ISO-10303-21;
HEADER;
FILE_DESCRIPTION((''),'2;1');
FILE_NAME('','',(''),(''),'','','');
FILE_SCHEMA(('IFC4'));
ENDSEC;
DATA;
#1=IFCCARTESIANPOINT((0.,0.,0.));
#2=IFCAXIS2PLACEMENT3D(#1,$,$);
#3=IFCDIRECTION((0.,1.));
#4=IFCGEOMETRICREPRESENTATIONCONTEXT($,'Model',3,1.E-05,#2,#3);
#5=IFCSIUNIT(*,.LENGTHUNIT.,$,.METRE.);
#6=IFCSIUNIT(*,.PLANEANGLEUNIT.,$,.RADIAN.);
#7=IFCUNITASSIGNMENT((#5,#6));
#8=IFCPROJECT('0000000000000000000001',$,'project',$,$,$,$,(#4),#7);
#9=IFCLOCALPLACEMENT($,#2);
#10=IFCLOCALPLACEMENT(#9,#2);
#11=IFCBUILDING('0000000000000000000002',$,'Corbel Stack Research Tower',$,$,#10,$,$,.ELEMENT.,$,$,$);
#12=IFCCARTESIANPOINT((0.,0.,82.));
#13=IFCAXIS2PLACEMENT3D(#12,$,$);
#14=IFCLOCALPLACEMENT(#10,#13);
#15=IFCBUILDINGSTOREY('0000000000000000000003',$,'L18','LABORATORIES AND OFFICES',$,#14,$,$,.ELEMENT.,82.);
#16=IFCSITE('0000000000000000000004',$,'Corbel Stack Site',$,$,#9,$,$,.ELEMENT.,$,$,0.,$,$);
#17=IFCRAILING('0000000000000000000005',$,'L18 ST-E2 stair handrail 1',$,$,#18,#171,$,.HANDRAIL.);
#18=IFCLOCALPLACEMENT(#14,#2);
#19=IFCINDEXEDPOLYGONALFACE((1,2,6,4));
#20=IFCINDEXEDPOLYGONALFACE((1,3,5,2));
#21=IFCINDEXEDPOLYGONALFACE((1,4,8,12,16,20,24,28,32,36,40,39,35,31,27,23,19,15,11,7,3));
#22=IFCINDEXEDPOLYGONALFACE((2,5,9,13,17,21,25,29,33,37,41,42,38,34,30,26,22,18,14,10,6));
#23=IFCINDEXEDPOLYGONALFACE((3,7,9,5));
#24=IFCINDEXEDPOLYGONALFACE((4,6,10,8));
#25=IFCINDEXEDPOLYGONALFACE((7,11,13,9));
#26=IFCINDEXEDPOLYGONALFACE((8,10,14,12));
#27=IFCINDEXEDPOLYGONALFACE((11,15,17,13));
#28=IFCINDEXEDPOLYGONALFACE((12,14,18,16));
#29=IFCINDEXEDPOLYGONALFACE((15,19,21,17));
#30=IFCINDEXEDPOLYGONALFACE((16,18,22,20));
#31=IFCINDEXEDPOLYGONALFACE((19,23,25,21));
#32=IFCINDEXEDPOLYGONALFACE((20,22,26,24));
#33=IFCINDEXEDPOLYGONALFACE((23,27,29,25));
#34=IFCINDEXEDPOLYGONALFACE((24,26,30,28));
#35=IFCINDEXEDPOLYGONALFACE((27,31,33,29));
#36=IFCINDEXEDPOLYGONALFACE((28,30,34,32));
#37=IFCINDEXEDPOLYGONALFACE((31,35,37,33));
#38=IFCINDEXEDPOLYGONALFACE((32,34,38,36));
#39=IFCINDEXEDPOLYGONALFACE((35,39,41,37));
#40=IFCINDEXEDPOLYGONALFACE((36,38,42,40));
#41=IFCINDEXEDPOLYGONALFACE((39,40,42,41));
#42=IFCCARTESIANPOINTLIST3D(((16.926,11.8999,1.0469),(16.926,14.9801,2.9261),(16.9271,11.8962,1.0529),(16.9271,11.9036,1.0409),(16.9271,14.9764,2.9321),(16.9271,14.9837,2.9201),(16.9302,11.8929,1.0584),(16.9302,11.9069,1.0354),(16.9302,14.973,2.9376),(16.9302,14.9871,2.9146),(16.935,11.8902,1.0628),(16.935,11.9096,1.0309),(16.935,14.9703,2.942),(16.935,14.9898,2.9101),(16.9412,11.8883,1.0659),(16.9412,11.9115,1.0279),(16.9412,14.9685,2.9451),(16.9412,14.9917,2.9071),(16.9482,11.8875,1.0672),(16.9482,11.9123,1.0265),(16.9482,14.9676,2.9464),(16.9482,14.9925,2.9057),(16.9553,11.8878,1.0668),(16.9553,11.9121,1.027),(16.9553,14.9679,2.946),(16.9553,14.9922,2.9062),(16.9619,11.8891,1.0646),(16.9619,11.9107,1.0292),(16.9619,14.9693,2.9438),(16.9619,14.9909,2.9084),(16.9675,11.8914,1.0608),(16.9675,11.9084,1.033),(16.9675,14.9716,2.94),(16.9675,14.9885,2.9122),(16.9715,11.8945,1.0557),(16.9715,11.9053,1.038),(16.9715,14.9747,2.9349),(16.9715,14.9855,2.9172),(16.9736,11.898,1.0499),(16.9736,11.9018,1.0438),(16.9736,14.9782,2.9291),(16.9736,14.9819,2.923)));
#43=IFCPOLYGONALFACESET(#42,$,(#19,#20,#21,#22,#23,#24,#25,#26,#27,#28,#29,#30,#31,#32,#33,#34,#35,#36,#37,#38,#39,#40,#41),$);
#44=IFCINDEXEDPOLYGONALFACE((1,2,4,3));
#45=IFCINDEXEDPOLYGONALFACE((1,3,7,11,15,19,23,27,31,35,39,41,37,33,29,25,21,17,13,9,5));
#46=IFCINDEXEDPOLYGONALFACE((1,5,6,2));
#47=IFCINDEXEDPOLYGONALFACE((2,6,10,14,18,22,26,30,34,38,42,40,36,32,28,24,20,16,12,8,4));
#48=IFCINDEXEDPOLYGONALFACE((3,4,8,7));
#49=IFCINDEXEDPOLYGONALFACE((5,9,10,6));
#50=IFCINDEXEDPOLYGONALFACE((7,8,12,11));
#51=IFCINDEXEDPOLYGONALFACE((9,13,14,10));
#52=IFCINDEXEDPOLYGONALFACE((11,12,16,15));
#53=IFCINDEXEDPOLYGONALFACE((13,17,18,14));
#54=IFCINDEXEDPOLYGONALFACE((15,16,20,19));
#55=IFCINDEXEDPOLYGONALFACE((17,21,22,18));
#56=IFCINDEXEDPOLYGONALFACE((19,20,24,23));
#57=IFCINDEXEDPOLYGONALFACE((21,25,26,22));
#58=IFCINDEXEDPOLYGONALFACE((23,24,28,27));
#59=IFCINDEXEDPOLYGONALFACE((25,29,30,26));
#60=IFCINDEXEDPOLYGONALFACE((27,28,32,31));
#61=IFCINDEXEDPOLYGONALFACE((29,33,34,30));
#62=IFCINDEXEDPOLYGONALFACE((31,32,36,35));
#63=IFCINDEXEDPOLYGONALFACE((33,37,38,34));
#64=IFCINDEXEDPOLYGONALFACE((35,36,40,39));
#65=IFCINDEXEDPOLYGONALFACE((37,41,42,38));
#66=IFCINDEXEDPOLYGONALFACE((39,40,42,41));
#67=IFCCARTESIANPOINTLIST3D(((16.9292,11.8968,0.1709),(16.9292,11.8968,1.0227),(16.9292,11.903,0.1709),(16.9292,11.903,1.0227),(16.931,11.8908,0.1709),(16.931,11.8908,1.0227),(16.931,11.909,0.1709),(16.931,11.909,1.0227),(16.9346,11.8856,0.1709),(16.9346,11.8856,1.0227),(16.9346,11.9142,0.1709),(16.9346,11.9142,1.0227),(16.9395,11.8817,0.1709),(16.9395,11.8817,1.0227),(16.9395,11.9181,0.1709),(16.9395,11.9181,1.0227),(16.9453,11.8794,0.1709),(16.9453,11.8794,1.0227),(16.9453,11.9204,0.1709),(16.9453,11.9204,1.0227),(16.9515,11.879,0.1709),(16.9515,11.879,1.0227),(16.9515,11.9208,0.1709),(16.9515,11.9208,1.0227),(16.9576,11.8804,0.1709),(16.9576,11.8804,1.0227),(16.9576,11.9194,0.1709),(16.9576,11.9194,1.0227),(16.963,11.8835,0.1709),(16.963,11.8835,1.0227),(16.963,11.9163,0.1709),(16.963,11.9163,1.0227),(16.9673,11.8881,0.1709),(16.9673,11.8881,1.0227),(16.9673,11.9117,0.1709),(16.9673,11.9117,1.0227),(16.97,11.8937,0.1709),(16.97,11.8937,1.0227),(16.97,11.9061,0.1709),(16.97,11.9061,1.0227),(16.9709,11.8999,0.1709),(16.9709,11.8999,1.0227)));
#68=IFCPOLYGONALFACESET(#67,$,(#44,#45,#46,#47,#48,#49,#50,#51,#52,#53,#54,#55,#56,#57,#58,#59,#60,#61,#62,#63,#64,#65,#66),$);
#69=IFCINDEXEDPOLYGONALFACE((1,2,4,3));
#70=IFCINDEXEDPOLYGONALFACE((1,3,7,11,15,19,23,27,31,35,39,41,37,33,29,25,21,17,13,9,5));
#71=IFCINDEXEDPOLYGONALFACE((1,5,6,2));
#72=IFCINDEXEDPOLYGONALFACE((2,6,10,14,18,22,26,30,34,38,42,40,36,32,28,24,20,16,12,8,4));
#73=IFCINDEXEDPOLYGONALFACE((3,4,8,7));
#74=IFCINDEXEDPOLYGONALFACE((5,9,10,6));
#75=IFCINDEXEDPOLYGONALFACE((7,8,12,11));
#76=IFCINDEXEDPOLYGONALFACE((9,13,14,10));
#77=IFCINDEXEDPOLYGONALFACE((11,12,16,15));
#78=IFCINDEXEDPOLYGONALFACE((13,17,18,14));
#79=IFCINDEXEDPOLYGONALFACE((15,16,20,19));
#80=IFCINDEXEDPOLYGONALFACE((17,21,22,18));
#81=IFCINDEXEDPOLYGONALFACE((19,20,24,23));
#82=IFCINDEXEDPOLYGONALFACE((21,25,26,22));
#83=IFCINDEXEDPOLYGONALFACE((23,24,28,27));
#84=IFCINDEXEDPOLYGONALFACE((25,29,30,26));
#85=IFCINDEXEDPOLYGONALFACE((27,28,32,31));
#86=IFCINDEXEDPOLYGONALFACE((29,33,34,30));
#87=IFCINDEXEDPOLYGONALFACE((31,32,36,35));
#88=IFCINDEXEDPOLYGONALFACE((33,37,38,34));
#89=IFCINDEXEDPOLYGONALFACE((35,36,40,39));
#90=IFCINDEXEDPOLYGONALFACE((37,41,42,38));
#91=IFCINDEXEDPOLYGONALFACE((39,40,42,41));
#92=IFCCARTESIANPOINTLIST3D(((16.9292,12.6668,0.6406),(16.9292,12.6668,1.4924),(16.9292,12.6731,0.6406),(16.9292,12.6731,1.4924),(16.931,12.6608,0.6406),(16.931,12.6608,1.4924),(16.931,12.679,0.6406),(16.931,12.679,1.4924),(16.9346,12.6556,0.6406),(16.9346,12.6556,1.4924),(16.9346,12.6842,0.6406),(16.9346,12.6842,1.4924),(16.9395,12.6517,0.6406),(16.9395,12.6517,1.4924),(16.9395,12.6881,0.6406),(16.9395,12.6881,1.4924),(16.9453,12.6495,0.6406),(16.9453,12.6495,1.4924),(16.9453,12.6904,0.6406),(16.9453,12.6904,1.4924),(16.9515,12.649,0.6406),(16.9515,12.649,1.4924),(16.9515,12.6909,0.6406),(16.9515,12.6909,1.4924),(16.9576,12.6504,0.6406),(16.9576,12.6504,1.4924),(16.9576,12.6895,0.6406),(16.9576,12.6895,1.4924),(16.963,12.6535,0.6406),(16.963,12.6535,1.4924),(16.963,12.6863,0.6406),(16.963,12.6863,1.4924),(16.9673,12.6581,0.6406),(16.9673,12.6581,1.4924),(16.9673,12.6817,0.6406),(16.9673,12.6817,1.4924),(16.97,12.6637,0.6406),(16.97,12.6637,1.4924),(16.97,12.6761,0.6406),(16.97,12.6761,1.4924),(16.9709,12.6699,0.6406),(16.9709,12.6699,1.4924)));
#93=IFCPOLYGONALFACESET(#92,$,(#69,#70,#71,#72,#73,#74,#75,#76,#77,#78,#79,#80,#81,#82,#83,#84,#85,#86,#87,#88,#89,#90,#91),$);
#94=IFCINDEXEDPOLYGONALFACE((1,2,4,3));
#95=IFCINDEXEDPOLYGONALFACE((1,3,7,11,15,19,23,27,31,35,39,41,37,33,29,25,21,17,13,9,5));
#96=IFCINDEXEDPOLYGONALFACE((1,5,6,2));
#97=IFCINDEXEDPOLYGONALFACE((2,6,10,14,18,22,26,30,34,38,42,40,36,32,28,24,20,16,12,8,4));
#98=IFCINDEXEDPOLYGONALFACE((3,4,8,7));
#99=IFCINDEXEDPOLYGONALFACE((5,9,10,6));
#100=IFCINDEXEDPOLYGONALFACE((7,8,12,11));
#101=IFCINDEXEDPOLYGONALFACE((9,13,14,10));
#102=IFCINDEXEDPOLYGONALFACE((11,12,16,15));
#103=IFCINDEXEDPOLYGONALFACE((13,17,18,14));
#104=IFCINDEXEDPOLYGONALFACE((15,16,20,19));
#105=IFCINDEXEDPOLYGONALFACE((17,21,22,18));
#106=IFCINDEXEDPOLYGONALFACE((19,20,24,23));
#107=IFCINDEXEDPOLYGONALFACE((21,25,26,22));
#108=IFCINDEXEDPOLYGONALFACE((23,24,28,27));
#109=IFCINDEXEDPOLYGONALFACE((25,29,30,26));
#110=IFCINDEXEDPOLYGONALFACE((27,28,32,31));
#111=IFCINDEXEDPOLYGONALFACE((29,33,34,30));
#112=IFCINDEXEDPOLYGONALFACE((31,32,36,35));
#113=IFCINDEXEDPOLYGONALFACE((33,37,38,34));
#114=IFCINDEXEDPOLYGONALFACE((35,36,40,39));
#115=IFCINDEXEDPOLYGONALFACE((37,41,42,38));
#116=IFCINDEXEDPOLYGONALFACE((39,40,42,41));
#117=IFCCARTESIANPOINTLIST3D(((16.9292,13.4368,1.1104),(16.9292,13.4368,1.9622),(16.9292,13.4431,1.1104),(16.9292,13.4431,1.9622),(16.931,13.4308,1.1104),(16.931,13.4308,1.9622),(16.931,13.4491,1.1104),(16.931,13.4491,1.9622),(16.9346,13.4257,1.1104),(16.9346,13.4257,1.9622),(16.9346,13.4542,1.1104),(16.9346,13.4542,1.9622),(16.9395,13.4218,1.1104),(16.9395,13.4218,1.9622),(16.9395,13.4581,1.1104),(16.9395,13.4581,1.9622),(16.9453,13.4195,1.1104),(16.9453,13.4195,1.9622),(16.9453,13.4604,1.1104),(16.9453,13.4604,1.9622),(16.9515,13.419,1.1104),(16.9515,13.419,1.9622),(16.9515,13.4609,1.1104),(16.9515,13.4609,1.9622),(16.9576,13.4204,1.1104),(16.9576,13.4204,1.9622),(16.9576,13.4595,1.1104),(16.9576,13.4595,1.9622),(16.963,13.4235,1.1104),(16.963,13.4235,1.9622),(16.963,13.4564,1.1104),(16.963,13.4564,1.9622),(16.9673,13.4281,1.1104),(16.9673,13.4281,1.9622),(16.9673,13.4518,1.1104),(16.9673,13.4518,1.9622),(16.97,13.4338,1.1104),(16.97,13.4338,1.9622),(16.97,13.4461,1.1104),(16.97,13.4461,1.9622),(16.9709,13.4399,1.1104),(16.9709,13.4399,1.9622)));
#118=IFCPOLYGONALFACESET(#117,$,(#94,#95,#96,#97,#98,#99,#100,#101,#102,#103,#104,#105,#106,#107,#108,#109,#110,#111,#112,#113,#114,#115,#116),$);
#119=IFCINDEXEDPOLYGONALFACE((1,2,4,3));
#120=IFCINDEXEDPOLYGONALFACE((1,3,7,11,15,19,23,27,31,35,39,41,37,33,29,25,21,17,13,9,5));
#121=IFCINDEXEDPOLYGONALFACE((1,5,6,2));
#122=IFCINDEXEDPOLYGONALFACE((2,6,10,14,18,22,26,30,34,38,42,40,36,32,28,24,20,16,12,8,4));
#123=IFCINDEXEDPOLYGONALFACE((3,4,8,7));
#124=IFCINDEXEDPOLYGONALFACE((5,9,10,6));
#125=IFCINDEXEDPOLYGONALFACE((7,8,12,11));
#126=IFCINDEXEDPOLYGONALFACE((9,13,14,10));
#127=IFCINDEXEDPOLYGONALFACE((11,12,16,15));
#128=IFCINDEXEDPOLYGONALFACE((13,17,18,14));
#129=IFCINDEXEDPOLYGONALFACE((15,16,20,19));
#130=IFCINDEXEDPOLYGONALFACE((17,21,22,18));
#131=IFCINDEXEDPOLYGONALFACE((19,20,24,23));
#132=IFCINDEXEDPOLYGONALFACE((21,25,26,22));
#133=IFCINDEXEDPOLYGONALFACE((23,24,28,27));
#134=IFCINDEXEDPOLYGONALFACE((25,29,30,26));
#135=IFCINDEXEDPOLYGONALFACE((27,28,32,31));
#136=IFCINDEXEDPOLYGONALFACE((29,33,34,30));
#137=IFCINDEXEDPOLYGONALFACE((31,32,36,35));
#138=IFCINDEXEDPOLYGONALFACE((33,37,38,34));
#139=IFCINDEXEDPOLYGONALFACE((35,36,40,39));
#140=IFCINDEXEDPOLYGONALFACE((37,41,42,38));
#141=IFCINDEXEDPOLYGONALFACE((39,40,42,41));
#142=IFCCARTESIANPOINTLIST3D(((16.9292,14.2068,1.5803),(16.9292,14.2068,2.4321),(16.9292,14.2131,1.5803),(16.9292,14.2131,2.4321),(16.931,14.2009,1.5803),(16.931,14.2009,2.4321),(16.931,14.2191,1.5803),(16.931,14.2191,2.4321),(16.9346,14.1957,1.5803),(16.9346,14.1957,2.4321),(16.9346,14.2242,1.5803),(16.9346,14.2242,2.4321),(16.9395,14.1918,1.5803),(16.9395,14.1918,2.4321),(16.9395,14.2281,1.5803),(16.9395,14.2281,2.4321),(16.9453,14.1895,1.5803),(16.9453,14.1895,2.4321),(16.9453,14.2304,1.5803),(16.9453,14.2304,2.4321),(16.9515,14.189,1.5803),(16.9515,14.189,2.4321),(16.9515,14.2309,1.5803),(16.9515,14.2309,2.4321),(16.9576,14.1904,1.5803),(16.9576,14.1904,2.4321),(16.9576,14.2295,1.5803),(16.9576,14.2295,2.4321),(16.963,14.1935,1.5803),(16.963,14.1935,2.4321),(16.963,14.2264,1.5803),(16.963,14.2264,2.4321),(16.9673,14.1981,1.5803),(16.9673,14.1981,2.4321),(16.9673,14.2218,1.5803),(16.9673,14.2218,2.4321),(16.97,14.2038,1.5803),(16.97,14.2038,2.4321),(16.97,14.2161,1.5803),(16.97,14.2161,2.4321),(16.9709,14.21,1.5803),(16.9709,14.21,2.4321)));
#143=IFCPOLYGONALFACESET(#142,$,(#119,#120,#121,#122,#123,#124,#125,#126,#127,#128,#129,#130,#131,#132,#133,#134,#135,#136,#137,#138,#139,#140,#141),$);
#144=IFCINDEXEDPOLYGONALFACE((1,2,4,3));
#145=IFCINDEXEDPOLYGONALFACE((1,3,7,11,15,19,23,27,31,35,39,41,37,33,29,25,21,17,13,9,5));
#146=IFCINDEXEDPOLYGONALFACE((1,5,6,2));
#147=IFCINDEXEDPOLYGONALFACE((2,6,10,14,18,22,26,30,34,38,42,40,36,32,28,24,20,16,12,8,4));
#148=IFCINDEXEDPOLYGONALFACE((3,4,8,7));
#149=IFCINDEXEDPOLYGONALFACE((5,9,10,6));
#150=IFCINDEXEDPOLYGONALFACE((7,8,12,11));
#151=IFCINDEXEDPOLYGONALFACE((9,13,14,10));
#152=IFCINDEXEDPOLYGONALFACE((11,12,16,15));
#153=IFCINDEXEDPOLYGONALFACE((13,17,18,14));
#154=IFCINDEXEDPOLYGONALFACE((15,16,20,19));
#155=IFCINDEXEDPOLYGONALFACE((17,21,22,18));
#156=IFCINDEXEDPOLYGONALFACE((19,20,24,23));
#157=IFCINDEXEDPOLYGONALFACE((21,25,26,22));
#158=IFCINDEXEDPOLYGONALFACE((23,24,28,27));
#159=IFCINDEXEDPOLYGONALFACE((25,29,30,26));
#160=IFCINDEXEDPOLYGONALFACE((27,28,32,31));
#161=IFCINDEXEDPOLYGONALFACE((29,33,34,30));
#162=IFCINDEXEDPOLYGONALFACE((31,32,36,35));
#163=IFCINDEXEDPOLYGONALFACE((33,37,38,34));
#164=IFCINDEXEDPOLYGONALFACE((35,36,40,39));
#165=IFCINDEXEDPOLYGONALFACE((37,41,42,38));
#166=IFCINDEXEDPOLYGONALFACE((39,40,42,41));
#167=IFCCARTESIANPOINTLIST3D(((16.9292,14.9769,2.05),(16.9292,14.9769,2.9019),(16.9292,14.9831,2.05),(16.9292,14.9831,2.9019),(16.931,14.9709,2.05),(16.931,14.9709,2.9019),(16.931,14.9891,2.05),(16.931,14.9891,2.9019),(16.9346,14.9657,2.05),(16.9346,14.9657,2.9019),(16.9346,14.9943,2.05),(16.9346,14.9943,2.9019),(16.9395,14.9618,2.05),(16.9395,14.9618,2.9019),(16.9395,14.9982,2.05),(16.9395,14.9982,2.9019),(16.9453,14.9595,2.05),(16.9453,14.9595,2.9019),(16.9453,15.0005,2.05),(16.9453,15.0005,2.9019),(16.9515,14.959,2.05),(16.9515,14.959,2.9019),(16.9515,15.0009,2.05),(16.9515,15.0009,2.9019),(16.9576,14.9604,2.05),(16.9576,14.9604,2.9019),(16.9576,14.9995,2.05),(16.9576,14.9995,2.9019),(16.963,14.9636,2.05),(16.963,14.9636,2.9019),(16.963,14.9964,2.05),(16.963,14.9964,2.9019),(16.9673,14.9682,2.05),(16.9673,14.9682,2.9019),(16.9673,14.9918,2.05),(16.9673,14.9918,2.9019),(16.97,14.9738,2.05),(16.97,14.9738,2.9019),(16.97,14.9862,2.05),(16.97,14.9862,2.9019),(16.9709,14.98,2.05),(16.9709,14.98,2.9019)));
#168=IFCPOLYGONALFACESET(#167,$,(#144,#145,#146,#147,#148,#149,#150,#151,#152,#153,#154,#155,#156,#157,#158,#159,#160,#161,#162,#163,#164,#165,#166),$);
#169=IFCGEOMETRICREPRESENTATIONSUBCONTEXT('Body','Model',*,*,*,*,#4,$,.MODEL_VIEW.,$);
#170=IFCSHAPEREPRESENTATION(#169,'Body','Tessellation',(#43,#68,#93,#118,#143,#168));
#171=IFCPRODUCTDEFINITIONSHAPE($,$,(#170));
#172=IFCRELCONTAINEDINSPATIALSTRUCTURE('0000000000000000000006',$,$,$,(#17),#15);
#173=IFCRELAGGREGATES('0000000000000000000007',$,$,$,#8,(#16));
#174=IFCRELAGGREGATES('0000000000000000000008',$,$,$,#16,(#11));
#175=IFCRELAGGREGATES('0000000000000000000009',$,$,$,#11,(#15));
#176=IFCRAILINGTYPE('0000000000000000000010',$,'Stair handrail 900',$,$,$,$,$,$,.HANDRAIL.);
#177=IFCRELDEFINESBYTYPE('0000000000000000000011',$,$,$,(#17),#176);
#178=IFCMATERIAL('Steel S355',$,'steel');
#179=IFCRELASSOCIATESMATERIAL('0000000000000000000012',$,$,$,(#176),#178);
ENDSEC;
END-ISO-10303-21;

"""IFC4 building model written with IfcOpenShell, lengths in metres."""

from ifc_helpers import new_model, si_unit, direction, frame, origin, origin_2d, place, context, subcontext, project, spatial, circle, extrude, material, type_object, element, save


model = new_model("IFC4")

# Units and contexts
model_context = context("Model", 3, precision=1e-05, world=origin(), true_north=direction((0.0, 1.0)))
body_context = subcontext(model_context, "Body", "Model", "MODEL_VIEW")
ifc_project = project(units=[si_unit("LENGTHUNIT", "METRE"), si_unit("PLANEANGLEUNIT", "RADIAN")], contexts=[model_context])

# Site, building, storey
site_placement = place(None, origin())
site = spatial("IfcSite", under=ifc_project, at=site_placement, Name="Corbel Stack Site", CompositionType="ELEMENT", RefElevation=0.0)
building_placement = place(site_placement, origin())
building = spatial("IfcBuilding", under=site, at=building_placement, Name="Corbel Stack Research Tower", CompositionType="ELEMENT")
storey_placement = place(building_placement, frame((0.0, 0.0, 82.0)))
storey = spatial("IfcBuildingStorey", under=building, at=storey_placement, Name="L18", Description="LABORATORIES AND OFFICES", CompositionType="ELEMENT", Elevation=82.0)

# Railing
ifc_material_1 = material(Name="Steel S355", Category="steel")
railing_type_1 = type_object("IfcRailingType", Name="Stair handrail 900", PredefinedType="HANDRAIL", material=ifc_material_1)
railing_1_placement = place(storey_placement, frame((16.95, 11.8999, 0.1709)))
element("IfcRailing", 1, at=railing_1_placement, inside=storey, type_object=railing_type_1, Name="L18 ST-E2 stair handrail 1", PredefinedType="HANDRAIL", context=body_context, shape_type="SweptSolid", body=[
    extrude(circle(Radius=0.0239, at=origin_2d()), frame((0.0, 0.0, 0.876), z_axis=(0.0, 0.853666, 0.52082), x_axis=(-1.0, 0.0, 0.0)), (0.0, 0.0, 1.0), 3.6082),
    extrude(circle(Radius=0.021, at=origin_2d()), origin(), (0.0, 0.0, 1.0), 0.8518),
    extrude(circle(Radius=0.021, at=origin_2d()), frame((0.0, 0.77, 0.4697)), (0.0, 0.0, 1.0), 0.8518),
    extrude(circle(Radius=0.021, at=origin_2d()), frame((0.0, 1.54, 0.9395)), (0.0, 0.0, 1.0), 0.8518),
    extrude(circle(Radius=0.021, at=origin_2d()), frame((0.0, 2.3101, 1.4094)), (0.0, 0.0, 1.0), 0.8518),
    extrude(circle(Radius=0.021, at=origin_2d()), frame((0.0, 3.0801, 1.8792)), (0.0, 0.0, 1.0), 0.8518),
])

save(model, "model.ifc")
